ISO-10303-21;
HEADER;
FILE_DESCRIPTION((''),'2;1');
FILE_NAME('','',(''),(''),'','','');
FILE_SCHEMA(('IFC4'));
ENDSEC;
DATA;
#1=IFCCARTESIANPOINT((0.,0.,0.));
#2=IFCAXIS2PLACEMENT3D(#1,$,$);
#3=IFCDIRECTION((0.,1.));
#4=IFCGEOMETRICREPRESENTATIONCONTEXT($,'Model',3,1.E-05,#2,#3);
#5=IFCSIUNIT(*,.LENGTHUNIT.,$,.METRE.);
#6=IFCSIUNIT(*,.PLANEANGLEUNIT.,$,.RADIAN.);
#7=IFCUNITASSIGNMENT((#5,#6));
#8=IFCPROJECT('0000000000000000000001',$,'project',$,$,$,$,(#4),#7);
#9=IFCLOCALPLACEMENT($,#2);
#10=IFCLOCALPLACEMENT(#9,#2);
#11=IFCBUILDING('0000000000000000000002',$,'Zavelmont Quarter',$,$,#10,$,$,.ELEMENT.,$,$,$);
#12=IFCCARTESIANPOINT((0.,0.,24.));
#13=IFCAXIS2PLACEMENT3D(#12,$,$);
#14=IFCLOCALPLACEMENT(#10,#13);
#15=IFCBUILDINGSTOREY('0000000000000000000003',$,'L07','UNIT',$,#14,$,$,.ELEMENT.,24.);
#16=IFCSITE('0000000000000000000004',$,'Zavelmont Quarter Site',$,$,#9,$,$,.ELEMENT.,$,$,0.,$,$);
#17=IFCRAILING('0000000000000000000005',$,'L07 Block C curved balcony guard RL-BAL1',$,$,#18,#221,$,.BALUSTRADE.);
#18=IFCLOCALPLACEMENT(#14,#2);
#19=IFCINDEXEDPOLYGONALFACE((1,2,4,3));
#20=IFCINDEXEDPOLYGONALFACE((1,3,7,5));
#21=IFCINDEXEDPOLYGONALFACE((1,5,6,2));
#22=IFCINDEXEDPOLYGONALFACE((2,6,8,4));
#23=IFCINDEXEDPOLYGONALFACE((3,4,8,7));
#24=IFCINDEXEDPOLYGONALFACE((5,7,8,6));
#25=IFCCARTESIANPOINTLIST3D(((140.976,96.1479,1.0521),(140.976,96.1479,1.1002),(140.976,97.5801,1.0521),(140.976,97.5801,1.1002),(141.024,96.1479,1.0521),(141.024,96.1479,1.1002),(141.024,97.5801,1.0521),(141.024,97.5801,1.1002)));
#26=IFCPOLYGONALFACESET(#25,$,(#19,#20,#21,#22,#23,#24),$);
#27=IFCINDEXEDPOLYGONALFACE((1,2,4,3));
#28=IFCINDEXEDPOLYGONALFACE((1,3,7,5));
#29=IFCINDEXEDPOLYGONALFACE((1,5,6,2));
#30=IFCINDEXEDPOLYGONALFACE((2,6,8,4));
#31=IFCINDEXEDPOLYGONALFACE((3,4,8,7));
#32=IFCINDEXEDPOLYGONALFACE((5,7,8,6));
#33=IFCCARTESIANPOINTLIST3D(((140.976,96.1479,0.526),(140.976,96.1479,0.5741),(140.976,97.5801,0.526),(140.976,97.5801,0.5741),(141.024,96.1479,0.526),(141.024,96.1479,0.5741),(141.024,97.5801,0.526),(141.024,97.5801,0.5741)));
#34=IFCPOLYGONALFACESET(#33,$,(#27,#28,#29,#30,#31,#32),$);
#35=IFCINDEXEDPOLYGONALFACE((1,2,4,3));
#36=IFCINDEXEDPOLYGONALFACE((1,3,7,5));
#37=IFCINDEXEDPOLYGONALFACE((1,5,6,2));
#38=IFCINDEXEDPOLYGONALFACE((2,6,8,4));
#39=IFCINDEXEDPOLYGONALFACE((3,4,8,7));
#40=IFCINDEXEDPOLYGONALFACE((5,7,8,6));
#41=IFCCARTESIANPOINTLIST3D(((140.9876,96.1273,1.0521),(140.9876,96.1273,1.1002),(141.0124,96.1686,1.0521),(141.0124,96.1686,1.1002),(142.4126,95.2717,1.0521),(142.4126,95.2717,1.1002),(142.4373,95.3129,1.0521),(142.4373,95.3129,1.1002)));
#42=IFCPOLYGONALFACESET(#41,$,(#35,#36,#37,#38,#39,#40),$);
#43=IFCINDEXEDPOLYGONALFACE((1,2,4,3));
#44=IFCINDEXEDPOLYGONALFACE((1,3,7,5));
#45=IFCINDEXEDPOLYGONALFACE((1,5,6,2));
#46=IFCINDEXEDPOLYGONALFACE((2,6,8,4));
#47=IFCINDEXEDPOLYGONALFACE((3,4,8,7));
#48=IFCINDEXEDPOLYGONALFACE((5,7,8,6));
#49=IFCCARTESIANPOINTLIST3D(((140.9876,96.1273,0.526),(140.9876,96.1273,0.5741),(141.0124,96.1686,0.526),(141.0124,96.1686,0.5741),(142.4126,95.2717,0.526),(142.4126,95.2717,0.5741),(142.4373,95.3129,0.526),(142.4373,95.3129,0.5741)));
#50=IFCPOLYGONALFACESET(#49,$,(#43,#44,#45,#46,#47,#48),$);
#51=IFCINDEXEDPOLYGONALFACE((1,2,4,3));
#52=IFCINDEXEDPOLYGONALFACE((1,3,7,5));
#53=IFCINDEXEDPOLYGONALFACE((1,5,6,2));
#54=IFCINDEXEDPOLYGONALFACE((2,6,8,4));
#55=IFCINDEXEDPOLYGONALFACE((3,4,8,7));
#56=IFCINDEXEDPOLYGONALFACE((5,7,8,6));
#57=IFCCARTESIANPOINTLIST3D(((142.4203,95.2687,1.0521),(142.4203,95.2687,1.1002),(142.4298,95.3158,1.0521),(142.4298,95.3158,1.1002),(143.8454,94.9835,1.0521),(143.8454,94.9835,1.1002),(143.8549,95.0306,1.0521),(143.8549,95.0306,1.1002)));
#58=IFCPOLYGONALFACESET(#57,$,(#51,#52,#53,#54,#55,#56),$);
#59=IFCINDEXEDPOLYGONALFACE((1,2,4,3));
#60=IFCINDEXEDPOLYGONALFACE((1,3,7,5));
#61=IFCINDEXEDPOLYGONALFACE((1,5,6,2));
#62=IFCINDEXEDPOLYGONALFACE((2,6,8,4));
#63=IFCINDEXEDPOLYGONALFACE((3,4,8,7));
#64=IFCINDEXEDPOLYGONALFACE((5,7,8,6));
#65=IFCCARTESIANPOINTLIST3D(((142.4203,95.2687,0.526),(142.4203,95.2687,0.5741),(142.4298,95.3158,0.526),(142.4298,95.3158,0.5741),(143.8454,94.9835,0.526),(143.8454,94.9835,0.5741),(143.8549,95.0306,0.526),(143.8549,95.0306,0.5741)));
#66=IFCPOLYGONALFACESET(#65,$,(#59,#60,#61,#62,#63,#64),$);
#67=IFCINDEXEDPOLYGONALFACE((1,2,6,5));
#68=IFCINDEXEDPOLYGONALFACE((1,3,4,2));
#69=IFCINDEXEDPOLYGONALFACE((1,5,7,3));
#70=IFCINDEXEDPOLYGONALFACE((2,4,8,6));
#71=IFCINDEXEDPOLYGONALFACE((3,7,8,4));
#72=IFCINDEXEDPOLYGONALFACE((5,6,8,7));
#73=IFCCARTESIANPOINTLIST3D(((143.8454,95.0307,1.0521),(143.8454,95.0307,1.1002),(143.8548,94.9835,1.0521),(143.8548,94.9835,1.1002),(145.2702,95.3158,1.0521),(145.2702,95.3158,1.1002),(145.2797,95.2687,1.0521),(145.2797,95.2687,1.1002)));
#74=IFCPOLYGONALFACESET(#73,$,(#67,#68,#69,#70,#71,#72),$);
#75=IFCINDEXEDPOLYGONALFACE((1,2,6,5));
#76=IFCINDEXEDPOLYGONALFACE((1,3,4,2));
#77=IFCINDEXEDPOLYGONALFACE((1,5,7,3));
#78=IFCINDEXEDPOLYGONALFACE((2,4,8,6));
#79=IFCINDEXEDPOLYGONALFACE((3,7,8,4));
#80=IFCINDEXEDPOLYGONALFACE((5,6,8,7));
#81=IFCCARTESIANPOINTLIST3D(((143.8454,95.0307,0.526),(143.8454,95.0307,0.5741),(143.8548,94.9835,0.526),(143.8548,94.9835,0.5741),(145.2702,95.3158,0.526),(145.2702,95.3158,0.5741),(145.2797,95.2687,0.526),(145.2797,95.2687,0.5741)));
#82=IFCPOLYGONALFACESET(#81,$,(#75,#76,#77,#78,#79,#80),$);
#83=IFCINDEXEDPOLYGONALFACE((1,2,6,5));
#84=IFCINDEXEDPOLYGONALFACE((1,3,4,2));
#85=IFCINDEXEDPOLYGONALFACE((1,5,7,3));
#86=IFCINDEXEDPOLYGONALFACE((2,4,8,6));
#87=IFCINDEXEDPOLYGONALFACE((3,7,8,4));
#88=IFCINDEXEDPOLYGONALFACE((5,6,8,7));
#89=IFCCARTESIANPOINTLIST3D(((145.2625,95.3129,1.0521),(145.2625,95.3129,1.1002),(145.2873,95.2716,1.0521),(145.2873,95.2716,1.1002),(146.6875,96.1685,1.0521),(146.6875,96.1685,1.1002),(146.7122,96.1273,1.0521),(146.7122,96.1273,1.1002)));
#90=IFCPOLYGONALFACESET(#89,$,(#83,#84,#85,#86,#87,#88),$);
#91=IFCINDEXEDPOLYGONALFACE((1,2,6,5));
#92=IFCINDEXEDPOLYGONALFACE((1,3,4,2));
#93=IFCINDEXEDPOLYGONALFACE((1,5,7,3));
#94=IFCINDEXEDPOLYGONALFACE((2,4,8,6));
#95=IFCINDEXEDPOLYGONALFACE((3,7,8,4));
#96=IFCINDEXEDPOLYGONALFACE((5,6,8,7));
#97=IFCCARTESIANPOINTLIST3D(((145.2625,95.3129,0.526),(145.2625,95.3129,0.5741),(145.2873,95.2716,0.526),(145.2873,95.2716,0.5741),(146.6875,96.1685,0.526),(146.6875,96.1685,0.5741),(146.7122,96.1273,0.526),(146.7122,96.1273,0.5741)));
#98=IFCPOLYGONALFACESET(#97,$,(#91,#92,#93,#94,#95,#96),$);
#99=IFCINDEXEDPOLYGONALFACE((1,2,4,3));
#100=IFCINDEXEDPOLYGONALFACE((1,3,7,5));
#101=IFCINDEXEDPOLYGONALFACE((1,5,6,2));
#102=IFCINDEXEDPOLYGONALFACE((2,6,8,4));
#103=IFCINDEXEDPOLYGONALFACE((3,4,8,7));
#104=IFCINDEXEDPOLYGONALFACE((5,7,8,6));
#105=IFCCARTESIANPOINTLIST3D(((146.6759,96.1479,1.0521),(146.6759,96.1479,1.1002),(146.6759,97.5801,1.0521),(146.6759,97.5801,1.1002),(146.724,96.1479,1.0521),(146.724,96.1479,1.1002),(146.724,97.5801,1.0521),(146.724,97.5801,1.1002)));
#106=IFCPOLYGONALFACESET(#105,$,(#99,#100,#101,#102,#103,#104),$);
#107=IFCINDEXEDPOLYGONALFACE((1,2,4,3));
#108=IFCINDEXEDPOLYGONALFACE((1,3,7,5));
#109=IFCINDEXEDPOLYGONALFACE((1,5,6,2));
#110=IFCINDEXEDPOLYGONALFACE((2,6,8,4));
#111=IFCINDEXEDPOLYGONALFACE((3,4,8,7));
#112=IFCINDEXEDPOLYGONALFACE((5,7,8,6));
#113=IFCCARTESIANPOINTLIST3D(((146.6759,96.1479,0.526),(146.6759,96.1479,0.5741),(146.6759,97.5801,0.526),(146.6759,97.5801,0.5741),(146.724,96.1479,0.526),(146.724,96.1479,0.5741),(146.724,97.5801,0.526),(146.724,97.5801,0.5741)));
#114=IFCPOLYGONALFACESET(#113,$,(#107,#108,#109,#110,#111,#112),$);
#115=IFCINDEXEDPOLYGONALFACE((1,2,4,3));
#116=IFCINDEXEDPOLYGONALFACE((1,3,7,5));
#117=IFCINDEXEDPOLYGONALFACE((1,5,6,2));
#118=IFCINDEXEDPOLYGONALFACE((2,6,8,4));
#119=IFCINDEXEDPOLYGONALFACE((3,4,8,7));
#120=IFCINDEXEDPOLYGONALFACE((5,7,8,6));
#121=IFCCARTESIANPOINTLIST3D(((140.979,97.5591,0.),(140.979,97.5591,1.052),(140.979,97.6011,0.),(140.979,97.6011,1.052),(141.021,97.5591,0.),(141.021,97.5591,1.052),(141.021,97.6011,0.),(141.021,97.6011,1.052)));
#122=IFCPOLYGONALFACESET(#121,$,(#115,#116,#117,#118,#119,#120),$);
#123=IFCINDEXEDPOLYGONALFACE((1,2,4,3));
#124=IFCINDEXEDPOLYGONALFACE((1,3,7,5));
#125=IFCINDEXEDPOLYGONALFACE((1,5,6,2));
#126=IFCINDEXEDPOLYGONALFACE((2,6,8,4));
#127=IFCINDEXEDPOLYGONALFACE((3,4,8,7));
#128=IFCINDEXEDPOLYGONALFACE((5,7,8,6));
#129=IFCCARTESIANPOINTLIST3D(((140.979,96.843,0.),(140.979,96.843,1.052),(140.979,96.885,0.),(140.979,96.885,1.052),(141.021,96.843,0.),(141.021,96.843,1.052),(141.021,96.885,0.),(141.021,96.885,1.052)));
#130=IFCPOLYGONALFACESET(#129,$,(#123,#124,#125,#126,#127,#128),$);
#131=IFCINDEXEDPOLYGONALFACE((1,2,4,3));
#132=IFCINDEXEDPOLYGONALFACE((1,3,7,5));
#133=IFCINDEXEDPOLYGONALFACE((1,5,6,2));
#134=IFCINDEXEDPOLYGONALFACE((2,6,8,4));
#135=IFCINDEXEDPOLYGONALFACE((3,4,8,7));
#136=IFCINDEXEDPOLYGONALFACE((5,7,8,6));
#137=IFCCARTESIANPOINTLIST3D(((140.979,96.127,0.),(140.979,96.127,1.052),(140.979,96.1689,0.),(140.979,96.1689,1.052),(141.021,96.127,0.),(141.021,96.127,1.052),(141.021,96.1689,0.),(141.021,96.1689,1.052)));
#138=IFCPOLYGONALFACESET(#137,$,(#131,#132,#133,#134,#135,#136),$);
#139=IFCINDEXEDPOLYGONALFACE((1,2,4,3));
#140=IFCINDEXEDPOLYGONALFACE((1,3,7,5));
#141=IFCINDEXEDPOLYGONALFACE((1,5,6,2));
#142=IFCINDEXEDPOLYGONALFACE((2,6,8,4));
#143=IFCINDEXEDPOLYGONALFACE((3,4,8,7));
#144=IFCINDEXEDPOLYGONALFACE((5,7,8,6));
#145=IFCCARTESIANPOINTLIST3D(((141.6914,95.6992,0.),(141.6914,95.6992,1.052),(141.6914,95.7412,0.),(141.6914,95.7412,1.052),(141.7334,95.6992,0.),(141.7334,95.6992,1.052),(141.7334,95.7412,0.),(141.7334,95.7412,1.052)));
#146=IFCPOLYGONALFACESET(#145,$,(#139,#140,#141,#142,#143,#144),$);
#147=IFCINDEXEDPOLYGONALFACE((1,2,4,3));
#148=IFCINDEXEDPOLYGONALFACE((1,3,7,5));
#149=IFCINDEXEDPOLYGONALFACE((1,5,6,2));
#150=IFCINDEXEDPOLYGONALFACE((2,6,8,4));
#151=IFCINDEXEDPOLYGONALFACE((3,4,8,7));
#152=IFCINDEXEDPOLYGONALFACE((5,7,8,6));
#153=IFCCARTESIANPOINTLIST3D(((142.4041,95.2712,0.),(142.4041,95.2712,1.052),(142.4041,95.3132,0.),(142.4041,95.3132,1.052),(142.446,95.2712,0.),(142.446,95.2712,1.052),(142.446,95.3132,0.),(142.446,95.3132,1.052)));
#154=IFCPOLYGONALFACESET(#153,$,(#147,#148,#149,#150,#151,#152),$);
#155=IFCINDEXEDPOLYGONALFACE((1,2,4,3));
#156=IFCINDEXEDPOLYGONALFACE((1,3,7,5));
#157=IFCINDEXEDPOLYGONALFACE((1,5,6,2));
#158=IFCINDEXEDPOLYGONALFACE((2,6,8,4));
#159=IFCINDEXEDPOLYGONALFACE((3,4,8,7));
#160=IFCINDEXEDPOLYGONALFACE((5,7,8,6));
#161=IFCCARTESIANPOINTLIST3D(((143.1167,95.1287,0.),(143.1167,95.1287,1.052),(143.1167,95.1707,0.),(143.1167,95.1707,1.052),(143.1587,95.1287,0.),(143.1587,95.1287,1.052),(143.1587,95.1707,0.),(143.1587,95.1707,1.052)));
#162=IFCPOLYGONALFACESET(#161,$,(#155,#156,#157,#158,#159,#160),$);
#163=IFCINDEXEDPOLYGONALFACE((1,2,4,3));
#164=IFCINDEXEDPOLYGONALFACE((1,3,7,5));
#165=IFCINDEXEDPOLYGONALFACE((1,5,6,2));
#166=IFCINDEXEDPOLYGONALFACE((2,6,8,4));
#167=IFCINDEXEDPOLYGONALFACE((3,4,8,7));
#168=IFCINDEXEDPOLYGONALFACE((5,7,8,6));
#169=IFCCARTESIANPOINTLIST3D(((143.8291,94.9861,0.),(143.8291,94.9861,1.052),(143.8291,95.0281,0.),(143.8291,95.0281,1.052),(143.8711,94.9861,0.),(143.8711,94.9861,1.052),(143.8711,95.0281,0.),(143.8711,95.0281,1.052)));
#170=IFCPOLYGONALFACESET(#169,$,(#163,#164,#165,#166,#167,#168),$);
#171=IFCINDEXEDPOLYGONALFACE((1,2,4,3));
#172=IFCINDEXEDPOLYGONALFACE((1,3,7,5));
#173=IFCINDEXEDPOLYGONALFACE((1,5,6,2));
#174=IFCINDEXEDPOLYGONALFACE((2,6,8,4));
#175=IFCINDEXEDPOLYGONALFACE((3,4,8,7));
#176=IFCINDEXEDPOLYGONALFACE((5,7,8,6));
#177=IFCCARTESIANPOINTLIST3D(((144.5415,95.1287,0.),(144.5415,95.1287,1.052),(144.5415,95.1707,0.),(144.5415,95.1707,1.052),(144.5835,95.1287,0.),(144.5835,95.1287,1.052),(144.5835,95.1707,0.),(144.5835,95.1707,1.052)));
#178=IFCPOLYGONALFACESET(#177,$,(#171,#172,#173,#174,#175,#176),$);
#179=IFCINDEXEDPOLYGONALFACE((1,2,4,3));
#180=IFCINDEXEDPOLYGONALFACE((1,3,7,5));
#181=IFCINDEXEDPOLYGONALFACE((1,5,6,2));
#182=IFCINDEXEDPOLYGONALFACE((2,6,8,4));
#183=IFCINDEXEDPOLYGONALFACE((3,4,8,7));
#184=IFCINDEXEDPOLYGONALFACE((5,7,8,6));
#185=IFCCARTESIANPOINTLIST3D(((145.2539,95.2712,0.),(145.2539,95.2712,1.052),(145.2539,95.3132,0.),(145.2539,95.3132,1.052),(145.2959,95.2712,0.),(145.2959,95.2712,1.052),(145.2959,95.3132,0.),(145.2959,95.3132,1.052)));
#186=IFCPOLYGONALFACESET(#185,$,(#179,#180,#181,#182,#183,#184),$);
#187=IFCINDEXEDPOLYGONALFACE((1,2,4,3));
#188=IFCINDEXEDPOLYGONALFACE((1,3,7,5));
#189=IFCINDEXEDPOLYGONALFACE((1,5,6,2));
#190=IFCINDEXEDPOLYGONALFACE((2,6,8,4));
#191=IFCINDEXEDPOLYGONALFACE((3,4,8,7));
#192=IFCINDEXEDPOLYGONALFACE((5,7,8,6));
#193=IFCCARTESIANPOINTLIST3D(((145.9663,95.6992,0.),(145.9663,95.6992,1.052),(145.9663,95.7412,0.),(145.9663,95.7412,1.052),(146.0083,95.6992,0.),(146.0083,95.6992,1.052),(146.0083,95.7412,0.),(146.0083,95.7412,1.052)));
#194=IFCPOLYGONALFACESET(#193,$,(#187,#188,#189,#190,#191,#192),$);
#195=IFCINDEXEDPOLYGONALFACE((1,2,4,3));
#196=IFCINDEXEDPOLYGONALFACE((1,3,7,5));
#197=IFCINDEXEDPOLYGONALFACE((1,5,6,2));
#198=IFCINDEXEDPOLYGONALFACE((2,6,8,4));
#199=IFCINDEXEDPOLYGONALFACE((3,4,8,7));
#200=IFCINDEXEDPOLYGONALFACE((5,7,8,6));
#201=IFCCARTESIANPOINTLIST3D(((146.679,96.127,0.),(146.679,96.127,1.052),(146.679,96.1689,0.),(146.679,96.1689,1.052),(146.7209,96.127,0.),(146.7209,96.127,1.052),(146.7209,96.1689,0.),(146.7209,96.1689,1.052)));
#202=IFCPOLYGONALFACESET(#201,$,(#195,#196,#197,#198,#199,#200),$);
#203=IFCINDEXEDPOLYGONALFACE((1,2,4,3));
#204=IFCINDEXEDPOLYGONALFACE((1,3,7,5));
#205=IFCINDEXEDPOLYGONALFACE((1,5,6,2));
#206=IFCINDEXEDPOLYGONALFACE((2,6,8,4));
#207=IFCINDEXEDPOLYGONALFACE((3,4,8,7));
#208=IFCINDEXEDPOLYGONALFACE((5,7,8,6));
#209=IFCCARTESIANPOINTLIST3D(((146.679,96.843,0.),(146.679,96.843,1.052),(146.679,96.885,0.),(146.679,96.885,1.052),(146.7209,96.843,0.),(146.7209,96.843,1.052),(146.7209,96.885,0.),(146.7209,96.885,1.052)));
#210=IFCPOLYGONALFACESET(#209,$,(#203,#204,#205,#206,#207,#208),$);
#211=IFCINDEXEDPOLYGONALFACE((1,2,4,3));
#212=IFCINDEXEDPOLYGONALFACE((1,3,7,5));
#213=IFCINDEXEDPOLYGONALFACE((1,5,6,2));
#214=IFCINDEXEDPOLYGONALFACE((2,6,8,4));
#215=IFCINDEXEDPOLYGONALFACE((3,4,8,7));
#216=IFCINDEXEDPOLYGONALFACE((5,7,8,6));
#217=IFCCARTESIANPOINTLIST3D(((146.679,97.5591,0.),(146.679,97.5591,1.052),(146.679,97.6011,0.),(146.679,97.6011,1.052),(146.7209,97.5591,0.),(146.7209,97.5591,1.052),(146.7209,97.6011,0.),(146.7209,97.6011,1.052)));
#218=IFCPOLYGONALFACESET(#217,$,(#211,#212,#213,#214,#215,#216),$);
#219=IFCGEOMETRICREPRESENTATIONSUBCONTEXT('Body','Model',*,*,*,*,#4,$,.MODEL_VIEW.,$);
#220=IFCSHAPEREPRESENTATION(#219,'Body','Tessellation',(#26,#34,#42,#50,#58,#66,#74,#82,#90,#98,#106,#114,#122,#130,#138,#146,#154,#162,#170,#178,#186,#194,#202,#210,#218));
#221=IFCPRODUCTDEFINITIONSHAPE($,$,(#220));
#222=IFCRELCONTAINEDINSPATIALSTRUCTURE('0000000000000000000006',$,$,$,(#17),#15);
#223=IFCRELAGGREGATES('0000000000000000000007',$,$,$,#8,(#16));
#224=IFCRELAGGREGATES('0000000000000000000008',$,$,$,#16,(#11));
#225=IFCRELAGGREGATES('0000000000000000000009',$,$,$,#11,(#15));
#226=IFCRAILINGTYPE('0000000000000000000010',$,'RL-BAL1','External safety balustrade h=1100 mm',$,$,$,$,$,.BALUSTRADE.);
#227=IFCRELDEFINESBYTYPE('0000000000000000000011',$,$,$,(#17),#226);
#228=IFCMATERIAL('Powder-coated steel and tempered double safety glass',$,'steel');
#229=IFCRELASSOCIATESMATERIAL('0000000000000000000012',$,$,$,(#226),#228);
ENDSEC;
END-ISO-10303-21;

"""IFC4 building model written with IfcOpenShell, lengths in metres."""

from ifc_helpers import new_model, si_unit, direction, frame, origin, origin_2d, place, context, subcontext, project, spatial, rectangle, extrude, material, type_object, element, save


model = new_model("IFC4")

# Units and contexts
model_context = context("Model", 3, precision=1e-05, world=origin(), true_north=direction((0.0, 1.0)))
body_context = subcontext(model_context, "Body", "Model", "MODEL_VIEW")
ifc_project = project(units=[si_unit("LENGTHUNIT", "METRE"), si_unit("PLANEANGLEUNIT", "RADIAN")], contexts=[model_context])

# Site, building, storey
site_placement = place(None, origin())
site = spatial("IfcSite", under=ifc_project, at=site_placement, Name="Zavelmont Quarter Site", CompositionType="ELEMENT", RefElevation=0.0)
building_placement = place(site_placement, origin())
building = spatial("IfcBuilding", under=site, at=building_placement, Name="Zavelmont Quarter", CompositionType="ELEMENT")
storey_placement = place(building_placement, frame((0.0, 0.0, 24.0)))
storey = spatial("IfcBuildingStorey", under=building, at=storey_placement, Name="L07", Description="UNIT", CompositionType="ELEMENT", Elevation=24.0)

# Railing
ifc_material_1 = material(Name="Powder-coated steel and tempered double safety glass", Category="steel")
railing_type = type_object("IfcRailingType", Name="RL-BAL1", Description="External safety balustrade h=1100 mm", PredefinedType="BALUSTRADE", material=ifc_material_1)
railing_placement = place(storey_placement, frame((141.0, 97.5801, 0.0)))
element("IfcRailing", 1, at=railing_placement, inside=storey, type_object=railing_type, Name="L07 Block C curved balcony guard RL-BAL1", PredefinedType="BALUSTRADE", context=body_context, shape_type="SweptSolid", body=[
    extrude(rectangle(XDim=0.0481, YDim=0.0481, at=origin_2d()), frame((0.0, 0.0, 1.0762), z_axis=(0.0, -1.0, 0.0), x_axis=(1.0, 0.0, 0.0)), (0.0, 0.0, 1.0), 1.4321),
    extrude(rectangle(XDim=0.0481, YDim=0.0481, at=origin_2d()), frame((0.0, 0.0, 0.55), z_axis=(0.0, -1.0, 0.0), x_axis=(1.0, 0.0, 0.0)), (0.0, 0.0, 1.0), 1.4321),
    extrude(rectangle(XDim=0.0481, YDim=0.0481, at=origin_2d()), frame((0.0, -1.4321, 1.0762), z_axis=(0.857311, -0.514798, 0.0), x_axis=(0.514798, 0.857311, 0.0)), (0.0, 0.0, 1.0), 1.6621),
    extrude(rectangle(XDim=0.0481, YDim=0.0481, at=origin_2d()), frame((0.0, -1.4321, 0.55), z_axis=(0.857311, -0.514798, 0.0), x_axis=(0.514798, 0.857311, 0.0)), (0.0, 0.0, 1.0), 1.6621),
    extrude(rectangle(XDim=0.0481, YDim=0.0481, at=origin_2d()), frame((1.425, -2.2878, 1.0762), z_axis=(0.980561, -0.196213, 0.0), x_axis=(0.196213, 0.980561, 0.0)), (0.0, 0.0, 1.0), 1.4534),
    extrude(rectangle(XDim=0.0481, YDim=0.0481, at=origin_2d()), frame((1.425, -2.2878, 0.55), z_axis=(0.980561, -0.196213, 0.0), x_axis=(0.196213, 0.980561, 0.0)), (0.0, 0.0, 1.0), 1.4534),
    extrude(rectangle(XDim=0.0481, YDim=0.0481, at=origin_2d()), frame((2.8501, -2.573, 1.0762), z_axis=(0.980555, 0.196245, 0.0), x_axis=(-0.196245, 0.980555, 0.0)), (0.0, 0.0, 1.0), 1.4531),
    extrude(rectangle(XDim=0.0481, YDim=0.0481, at=origin_2d()), frame((2.8501, -2.573, 0.55), z_axis=(0.980555, 0.196245, 0.0), x_axis=(-0.196245, 0.980555, 0.0)), (0.0, 0.0, 1.0), 1.4531),
    extrude(rectangle(XDim=0.0481, YDim=0.0481, at=origin_2d()), frame((4.2749, -2.2878, 1.0762), z_axis=(0.857311, 0.514798, 0.0), x_axis=(-0.514798, 0.857311, 0.0)), (0.0, 0.0, 1.0), 1.6621),
    extrude(rectangle(XDim=0.0481, YDim=0.0481, at=origin_2d()), frame((4.2749, -2.2878, 0.55), z_axis=(0.857311, 0.514798, 0.0), x_axis=(-0.514798, 0.857311, 0.0)), (0.0, 0.0, 1.0), 1.6621),
    extrude(rectangle(XDim=0.0481, YDim=0.0481, at=origin_2d()), frame((5.7, -1.4321, 1.0762), z_axis=(0.0, 1.0, 0.0), x_axis=(-1.0, 0.0, 0.0)), (0.0, 0.0, 1.0), 1.4321),
    extrude(rectangle(XDim=0.0481, YDim=0.0481, at=origin_2d()), frame((5.7, -1.4321, 0.55), z_axis=(0.0, 1.0, 0.0), x_axis=(-1.0, 0.0, 0.0)), (0.0, 0.0, 1.0), 1.4321),
    extrude(rectangle(XDim=0.042, YDim=0.042, at=origin_2d()), origin(), (0.0, 0.0, 1.0), 1.052),
    extrude(rectangle(XDim=0.042, YDim=0.042, at=origin_2d()), frame((0.0, -0.7161, 0.0)), (0.0, 0.0, 1.0), 1.052),
    extrude(rectangle(XDim=0.042, YDim=0.042, at=origin_2d()), frame((0.0, -1.4321, 0.0)), (0.0, 0.0, 1.0), 1.052),
    extrude(rectangle(XDim=0.042, YDim=0.042, at=origin_2d()), frame((0.7124, -1.8599, 0.0)), (0.0, 0.0, 1.0), 1.052),
    extrude(rectangle(XDim=0.042, YDim=0.042, at=origin_2d()), frame((1.425, -2.2878, 0.0)), (0.0, 0.0, 1.0), 1.052),
    extrude(rectangle(XDim=0.042, YDim=0.042, at=origin_2d()), frame((2.1377, -2.4304, 0.0)), (0.0, 0.0, 1.0), 1.052),
    extrude(rectangle(XDim=0.042, YDim=0.042, at=origin_2d()), frame((2.8501, -2.573, 0.0)), (0.0, 0.0, 1.0), 1.052),
    extrude(rectangle(XDim=0.042, YDim=0.042, at=origin_2d()), frame((3.5625, -2.4304, 0.0)), (0.0, 0.0, 1.0), 1.052),
    extrude(rectangle(XDim=0.042, YDim=0.042, at=origin_2d()), frame((4.2749, -2.2878, 0.0)), (0.0, 0.0, 1.0), 1.052),
    extrude(rectangle(XDim=0.042, YDim=0.042, at=origin_2d()), frame((4.9873, -1.8599, 0.0)), (0.0, 0.0, 1.0), 1.052),
    extrude(rectangle(XDim=0.042, YDim=0.042, at=origin_2d()), frame((5.7, -1.4321, 0.0)), (0.0, 0.0, 1.0), 1.052),
    extrude(rectangle(XDim=0.042, YDim=0.042, at=origin_2d()), frame((5.7, -0.7161, 0.0)), (0.0, 0.0, 1.0), 1.052),
    extrude(rectangle(XDim=0.042, YDim=0.042, at=origin_2d()), frame((5.7, 0.0, 0.0)), (0.0, 0.0, 1.0), 1.052),
])

save(model, "model.ifc")
